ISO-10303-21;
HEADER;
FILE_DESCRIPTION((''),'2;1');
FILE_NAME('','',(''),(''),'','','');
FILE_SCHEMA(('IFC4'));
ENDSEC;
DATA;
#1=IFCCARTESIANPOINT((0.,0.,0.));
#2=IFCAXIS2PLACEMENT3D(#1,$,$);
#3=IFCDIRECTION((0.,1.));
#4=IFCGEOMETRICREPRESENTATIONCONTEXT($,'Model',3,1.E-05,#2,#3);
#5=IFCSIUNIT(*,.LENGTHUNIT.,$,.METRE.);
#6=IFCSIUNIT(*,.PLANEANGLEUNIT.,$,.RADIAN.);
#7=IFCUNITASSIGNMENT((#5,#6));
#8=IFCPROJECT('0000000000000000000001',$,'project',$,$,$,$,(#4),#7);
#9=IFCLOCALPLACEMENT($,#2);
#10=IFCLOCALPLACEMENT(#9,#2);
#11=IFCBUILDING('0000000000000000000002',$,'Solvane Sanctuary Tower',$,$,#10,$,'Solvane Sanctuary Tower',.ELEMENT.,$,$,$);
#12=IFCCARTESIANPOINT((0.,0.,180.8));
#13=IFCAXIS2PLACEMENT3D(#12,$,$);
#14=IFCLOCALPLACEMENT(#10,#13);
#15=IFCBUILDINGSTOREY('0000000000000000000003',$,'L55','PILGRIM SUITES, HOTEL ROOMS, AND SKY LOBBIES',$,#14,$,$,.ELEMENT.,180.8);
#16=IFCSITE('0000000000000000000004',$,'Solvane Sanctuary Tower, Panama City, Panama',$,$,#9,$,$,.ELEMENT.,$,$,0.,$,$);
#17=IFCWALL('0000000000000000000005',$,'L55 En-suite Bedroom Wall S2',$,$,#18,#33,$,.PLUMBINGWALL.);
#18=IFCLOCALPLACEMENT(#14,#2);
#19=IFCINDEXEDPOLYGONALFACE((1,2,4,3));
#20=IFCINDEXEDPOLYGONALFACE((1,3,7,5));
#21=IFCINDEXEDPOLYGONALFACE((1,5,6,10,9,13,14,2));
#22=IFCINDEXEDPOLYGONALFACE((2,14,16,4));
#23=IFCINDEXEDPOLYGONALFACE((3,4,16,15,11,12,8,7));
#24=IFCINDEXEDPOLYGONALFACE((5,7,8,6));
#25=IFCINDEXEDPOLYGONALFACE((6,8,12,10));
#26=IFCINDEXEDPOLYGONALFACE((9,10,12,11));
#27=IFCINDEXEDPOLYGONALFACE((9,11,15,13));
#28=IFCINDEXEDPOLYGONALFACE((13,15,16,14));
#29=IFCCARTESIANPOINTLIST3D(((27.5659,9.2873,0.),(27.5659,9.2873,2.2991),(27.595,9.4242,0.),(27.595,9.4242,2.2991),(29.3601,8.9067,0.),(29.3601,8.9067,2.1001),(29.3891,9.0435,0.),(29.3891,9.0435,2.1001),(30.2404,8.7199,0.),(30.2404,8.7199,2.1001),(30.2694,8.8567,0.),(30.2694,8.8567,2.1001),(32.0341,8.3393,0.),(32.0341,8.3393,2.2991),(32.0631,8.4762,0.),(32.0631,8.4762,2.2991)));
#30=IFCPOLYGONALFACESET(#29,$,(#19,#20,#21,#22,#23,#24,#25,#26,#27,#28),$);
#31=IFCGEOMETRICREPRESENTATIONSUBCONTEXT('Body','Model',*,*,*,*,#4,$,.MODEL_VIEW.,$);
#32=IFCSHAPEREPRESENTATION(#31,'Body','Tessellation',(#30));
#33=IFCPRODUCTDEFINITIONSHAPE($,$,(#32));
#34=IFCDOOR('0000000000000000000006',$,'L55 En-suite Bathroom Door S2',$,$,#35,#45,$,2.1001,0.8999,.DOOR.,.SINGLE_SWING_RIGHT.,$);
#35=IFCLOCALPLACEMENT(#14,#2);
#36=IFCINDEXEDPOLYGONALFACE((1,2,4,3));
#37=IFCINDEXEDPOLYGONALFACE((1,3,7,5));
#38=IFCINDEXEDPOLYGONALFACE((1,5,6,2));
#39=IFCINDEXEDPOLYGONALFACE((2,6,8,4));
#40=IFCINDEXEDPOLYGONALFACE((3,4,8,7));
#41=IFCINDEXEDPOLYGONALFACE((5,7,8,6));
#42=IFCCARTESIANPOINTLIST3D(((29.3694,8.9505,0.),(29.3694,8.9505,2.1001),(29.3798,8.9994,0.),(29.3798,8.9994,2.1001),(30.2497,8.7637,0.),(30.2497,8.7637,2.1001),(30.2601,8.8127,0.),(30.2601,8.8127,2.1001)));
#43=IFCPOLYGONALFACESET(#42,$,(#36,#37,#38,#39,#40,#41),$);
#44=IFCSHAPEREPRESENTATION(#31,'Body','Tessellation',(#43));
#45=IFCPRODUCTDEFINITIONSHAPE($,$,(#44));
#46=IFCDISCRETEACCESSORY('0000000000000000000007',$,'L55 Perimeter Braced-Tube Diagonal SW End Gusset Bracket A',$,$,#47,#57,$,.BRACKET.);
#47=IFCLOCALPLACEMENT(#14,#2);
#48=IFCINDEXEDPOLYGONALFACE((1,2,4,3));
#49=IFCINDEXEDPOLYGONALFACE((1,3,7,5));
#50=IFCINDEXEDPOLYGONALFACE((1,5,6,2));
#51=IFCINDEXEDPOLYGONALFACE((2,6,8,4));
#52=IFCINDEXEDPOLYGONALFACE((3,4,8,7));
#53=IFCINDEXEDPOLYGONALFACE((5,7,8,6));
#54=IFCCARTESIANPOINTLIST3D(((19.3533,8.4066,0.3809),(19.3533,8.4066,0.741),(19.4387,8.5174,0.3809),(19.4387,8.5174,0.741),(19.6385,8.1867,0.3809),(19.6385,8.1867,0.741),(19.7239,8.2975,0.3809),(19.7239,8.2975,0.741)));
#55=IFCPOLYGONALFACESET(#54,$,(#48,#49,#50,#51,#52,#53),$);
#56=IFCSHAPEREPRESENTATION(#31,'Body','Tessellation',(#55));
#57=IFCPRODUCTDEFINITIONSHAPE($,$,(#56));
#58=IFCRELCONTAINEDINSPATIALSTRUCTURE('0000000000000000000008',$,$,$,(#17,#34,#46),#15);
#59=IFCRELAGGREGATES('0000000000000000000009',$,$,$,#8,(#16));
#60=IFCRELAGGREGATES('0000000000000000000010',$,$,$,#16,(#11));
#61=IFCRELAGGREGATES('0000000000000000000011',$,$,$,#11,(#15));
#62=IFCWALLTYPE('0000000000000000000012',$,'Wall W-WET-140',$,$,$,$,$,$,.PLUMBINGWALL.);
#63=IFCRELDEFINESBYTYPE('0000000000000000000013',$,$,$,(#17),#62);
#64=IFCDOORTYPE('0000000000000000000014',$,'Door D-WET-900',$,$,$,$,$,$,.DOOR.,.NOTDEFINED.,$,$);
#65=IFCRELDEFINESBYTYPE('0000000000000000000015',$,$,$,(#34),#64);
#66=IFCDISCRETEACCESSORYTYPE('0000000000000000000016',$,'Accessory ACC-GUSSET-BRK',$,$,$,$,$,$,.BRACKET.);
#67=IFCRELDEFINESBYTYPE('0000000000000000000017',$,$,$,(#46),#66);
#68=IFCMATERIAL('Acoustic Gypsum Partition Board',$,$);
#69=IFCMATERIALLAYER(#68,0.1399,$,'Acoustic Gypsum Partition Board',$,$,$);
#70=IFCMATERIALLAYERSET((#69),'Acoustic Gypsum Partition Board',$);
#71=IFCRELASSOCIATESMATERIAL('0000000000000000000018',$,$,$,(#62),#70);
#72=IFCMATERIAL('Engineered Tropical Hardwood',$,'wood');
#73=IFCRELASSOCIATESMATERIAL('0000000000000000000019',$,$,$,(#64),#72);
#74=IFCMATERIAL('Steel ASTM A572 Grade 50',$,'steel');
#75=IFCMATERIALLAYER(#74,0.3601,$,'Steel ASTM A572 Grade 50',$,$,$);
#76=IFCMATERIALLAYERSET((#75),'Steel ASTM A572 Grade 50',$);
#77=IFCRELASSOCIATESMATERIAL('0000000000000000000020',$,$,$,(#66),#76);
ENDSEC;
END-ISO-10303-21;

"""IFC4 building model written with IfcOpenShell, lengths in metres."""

from ifc_helpers import new_model, si_unit, direction, frame, frame_2d, origin, origin_2d, place, context, subcontext, project, spatial, rectangle, extrude, material, layer, layer_set, type_object, element, fill, save


model = new_model("IFC4")

# Units and contexts
model_context = context("Model", 3, precision=1e-05, world=origin(), true_north=direction((0.0, 1.0)))
body_context = subcontext(model_context, "Body", "Model", "MODEL_VIEW")
ifc_project = project(units=[si_unit("LENGTHUNIT", "METRE"), si_unit("PLANEANGLEUNIT", "RADIAN")], contexts=[model_context])

# Site, building, storey
site_placement = place(None, origin())
site = spatial("IfcSite", under=ifc_project, at=site_placement, Name="Solvane Sanctuary Tower, Panama City, Panama", CompositionType="ELEMENT", RefElevation=0.0)
building_placement = place(site_placement, origin())
building = spatial("IfcBuilding", under=site, at=building_placement, Name="Solvane Sanctuary Tower", LongName="Solvane Sanctuary Tower", CompositionType="ELEMENT")
storey_placement = place(building_placement, frame((0.0, 0.0, 180.8)))
storey = spatial("IfcBuildingStorey", under=building, at=storey_placement, Name="L55", Description="PILGRIM SUITES, HOTEL ROOMS, AND SKY LOBBIES", CompositionType="ELEMENT", Elevation=180.8)

# Shared definitions
ifc_material_1 = material(Name="Acoustic Gypsum Partition Board")

# Shared definitions
ifc_material_2 = material(Name="Engineered Tropical Hardwood", Category="wood")

# Wall, opening, door
ifc_layer_1 = layer(ifc_material_1, 0.1399, Name="Acoustic Gypsum Partition Board")
ifc_layer_set_1 = layer_set([ifc_layer_1], Name="Acoustic Gypsum Partition Board")
wall_type_1 = type_object("IfcWallType", Name="Wall W-WET-140", PredefinedType="PLUMBINGWALL", material=ifc_layer_set_1)
wall_1_placement = place(storey_placement, frame((27.5806, 9.3557, 0.0), z_axis=(0.0, 0.0, 1.0), x_axis=(0.978226, -0.207543, 0.0)))
wall_1 = element("IfcWall", 1, at=wall_1_placement, inside=storey, type_object=wall_type_1, Name="L55 En-suite Bedroom Wall S2", PredefinedType="PLUMBINGWALL", context=body_context, shape_type="SweptSolid", body=[
    extrude(rectangle(XDim=4.5676, YDim=0.1399, at=frame_2d((2.2837, 0.0))), origin(), (0.0, 0.0, 1.0), 2.2991),
])
opening_1_placement = place(wall_1_placement, frame((1.834, 0.0, 0.0)))
opening_1 = element("IfcOpeningElement", 2, at=opening_1_placement, cuts=wall_1, PredefinedType="OPENING", context=body_context, shape_type="SweptSolid", body=[
    extrude(rectangle(XDim=0.8999, YDim=2.1001, at=frame_2d((0.45, 1.05))), frame((0.0, 0.0798, 0.0), z_axis=(0.0, -1.0, 0.0), x_axis=(1.0, 0.0, 0.0)), (0.0, 0.0, 1.0), 0.1599),
])
door_type_1 = type_object("IfcDoorType", Name="Door D-WET-900", OperationType="NOTDEFINED", PredefinedType="DOOR", material=ifc_material_2)
door_1_placement = place(opening_1_placement, origin())
door_1 = element("IfcDoor", 3, at=door_1_placement, inside=storey, type_object=door_type_1, Name="L55 En-suite Bathroom Door S2", OperationType="SINGLE_SWING_RIGHT", OverallHeight=2.1001, OverallWidth=0.8999, PredefinedType="DOOR", context=body_context, shape_type="SweptSolid", body=[
    extrude(rectangle(XDim=0.8999, YDim=2.1001, at=frame_2d((0.45, 1.05))), frame((0.0, 0.0249, 0.0), z_axis=(0.0, -1.0, 0.0), x_axis=(1.0, 0.0, 0.0)), (0.0, 0.0, 1.0), 0.05),
])
fill(opening_1, door_1)

# Discrete accessory
ifc_material_3 = material(Name="Steel ASTM A572 Grade 50", Category="steel")
ifc_layer_2 = layer(ifc_material_3, 0.3601, Name="Steel ASTM A572 Grade 50")
ifc_layer_set_2 = layer_set([ifc_layer_2], Name="Steel ASTM A572 Grade 50")
discrete_accessory_type = type_object("IfcDiscreteAccessoryType", Name="Accessory ACC-GUSSET-BRK", PredefinedType="BRACKET", material=ifc_layer_set_2)
discrete_accessory_placement = place(storey_placement, frame((19.5386, 8.3521, 0.3809), z_axis=(0.0, 0.0, 1.0), x_axis=(-0.792077, 0.610422, 0.0)))
element("IfcDiscreteAccessory", 4, at=discrete_accessory_placement, inside=storey, type_object=discrete_accessory_type, Name="L55 Perimeter Braced-Tube Diagonal SW End Gusset Bracket A", PredefinedType="BRACKET", context=body_context, shape_type="SweptSolid", body=[
    extrude(rectangle(XDim=0.3601, YDim=0.1399, at=origin_2d()), origin(), (0.0, 0.0, 1.0), 0.3601),
])

save(model, "model.ifc")
